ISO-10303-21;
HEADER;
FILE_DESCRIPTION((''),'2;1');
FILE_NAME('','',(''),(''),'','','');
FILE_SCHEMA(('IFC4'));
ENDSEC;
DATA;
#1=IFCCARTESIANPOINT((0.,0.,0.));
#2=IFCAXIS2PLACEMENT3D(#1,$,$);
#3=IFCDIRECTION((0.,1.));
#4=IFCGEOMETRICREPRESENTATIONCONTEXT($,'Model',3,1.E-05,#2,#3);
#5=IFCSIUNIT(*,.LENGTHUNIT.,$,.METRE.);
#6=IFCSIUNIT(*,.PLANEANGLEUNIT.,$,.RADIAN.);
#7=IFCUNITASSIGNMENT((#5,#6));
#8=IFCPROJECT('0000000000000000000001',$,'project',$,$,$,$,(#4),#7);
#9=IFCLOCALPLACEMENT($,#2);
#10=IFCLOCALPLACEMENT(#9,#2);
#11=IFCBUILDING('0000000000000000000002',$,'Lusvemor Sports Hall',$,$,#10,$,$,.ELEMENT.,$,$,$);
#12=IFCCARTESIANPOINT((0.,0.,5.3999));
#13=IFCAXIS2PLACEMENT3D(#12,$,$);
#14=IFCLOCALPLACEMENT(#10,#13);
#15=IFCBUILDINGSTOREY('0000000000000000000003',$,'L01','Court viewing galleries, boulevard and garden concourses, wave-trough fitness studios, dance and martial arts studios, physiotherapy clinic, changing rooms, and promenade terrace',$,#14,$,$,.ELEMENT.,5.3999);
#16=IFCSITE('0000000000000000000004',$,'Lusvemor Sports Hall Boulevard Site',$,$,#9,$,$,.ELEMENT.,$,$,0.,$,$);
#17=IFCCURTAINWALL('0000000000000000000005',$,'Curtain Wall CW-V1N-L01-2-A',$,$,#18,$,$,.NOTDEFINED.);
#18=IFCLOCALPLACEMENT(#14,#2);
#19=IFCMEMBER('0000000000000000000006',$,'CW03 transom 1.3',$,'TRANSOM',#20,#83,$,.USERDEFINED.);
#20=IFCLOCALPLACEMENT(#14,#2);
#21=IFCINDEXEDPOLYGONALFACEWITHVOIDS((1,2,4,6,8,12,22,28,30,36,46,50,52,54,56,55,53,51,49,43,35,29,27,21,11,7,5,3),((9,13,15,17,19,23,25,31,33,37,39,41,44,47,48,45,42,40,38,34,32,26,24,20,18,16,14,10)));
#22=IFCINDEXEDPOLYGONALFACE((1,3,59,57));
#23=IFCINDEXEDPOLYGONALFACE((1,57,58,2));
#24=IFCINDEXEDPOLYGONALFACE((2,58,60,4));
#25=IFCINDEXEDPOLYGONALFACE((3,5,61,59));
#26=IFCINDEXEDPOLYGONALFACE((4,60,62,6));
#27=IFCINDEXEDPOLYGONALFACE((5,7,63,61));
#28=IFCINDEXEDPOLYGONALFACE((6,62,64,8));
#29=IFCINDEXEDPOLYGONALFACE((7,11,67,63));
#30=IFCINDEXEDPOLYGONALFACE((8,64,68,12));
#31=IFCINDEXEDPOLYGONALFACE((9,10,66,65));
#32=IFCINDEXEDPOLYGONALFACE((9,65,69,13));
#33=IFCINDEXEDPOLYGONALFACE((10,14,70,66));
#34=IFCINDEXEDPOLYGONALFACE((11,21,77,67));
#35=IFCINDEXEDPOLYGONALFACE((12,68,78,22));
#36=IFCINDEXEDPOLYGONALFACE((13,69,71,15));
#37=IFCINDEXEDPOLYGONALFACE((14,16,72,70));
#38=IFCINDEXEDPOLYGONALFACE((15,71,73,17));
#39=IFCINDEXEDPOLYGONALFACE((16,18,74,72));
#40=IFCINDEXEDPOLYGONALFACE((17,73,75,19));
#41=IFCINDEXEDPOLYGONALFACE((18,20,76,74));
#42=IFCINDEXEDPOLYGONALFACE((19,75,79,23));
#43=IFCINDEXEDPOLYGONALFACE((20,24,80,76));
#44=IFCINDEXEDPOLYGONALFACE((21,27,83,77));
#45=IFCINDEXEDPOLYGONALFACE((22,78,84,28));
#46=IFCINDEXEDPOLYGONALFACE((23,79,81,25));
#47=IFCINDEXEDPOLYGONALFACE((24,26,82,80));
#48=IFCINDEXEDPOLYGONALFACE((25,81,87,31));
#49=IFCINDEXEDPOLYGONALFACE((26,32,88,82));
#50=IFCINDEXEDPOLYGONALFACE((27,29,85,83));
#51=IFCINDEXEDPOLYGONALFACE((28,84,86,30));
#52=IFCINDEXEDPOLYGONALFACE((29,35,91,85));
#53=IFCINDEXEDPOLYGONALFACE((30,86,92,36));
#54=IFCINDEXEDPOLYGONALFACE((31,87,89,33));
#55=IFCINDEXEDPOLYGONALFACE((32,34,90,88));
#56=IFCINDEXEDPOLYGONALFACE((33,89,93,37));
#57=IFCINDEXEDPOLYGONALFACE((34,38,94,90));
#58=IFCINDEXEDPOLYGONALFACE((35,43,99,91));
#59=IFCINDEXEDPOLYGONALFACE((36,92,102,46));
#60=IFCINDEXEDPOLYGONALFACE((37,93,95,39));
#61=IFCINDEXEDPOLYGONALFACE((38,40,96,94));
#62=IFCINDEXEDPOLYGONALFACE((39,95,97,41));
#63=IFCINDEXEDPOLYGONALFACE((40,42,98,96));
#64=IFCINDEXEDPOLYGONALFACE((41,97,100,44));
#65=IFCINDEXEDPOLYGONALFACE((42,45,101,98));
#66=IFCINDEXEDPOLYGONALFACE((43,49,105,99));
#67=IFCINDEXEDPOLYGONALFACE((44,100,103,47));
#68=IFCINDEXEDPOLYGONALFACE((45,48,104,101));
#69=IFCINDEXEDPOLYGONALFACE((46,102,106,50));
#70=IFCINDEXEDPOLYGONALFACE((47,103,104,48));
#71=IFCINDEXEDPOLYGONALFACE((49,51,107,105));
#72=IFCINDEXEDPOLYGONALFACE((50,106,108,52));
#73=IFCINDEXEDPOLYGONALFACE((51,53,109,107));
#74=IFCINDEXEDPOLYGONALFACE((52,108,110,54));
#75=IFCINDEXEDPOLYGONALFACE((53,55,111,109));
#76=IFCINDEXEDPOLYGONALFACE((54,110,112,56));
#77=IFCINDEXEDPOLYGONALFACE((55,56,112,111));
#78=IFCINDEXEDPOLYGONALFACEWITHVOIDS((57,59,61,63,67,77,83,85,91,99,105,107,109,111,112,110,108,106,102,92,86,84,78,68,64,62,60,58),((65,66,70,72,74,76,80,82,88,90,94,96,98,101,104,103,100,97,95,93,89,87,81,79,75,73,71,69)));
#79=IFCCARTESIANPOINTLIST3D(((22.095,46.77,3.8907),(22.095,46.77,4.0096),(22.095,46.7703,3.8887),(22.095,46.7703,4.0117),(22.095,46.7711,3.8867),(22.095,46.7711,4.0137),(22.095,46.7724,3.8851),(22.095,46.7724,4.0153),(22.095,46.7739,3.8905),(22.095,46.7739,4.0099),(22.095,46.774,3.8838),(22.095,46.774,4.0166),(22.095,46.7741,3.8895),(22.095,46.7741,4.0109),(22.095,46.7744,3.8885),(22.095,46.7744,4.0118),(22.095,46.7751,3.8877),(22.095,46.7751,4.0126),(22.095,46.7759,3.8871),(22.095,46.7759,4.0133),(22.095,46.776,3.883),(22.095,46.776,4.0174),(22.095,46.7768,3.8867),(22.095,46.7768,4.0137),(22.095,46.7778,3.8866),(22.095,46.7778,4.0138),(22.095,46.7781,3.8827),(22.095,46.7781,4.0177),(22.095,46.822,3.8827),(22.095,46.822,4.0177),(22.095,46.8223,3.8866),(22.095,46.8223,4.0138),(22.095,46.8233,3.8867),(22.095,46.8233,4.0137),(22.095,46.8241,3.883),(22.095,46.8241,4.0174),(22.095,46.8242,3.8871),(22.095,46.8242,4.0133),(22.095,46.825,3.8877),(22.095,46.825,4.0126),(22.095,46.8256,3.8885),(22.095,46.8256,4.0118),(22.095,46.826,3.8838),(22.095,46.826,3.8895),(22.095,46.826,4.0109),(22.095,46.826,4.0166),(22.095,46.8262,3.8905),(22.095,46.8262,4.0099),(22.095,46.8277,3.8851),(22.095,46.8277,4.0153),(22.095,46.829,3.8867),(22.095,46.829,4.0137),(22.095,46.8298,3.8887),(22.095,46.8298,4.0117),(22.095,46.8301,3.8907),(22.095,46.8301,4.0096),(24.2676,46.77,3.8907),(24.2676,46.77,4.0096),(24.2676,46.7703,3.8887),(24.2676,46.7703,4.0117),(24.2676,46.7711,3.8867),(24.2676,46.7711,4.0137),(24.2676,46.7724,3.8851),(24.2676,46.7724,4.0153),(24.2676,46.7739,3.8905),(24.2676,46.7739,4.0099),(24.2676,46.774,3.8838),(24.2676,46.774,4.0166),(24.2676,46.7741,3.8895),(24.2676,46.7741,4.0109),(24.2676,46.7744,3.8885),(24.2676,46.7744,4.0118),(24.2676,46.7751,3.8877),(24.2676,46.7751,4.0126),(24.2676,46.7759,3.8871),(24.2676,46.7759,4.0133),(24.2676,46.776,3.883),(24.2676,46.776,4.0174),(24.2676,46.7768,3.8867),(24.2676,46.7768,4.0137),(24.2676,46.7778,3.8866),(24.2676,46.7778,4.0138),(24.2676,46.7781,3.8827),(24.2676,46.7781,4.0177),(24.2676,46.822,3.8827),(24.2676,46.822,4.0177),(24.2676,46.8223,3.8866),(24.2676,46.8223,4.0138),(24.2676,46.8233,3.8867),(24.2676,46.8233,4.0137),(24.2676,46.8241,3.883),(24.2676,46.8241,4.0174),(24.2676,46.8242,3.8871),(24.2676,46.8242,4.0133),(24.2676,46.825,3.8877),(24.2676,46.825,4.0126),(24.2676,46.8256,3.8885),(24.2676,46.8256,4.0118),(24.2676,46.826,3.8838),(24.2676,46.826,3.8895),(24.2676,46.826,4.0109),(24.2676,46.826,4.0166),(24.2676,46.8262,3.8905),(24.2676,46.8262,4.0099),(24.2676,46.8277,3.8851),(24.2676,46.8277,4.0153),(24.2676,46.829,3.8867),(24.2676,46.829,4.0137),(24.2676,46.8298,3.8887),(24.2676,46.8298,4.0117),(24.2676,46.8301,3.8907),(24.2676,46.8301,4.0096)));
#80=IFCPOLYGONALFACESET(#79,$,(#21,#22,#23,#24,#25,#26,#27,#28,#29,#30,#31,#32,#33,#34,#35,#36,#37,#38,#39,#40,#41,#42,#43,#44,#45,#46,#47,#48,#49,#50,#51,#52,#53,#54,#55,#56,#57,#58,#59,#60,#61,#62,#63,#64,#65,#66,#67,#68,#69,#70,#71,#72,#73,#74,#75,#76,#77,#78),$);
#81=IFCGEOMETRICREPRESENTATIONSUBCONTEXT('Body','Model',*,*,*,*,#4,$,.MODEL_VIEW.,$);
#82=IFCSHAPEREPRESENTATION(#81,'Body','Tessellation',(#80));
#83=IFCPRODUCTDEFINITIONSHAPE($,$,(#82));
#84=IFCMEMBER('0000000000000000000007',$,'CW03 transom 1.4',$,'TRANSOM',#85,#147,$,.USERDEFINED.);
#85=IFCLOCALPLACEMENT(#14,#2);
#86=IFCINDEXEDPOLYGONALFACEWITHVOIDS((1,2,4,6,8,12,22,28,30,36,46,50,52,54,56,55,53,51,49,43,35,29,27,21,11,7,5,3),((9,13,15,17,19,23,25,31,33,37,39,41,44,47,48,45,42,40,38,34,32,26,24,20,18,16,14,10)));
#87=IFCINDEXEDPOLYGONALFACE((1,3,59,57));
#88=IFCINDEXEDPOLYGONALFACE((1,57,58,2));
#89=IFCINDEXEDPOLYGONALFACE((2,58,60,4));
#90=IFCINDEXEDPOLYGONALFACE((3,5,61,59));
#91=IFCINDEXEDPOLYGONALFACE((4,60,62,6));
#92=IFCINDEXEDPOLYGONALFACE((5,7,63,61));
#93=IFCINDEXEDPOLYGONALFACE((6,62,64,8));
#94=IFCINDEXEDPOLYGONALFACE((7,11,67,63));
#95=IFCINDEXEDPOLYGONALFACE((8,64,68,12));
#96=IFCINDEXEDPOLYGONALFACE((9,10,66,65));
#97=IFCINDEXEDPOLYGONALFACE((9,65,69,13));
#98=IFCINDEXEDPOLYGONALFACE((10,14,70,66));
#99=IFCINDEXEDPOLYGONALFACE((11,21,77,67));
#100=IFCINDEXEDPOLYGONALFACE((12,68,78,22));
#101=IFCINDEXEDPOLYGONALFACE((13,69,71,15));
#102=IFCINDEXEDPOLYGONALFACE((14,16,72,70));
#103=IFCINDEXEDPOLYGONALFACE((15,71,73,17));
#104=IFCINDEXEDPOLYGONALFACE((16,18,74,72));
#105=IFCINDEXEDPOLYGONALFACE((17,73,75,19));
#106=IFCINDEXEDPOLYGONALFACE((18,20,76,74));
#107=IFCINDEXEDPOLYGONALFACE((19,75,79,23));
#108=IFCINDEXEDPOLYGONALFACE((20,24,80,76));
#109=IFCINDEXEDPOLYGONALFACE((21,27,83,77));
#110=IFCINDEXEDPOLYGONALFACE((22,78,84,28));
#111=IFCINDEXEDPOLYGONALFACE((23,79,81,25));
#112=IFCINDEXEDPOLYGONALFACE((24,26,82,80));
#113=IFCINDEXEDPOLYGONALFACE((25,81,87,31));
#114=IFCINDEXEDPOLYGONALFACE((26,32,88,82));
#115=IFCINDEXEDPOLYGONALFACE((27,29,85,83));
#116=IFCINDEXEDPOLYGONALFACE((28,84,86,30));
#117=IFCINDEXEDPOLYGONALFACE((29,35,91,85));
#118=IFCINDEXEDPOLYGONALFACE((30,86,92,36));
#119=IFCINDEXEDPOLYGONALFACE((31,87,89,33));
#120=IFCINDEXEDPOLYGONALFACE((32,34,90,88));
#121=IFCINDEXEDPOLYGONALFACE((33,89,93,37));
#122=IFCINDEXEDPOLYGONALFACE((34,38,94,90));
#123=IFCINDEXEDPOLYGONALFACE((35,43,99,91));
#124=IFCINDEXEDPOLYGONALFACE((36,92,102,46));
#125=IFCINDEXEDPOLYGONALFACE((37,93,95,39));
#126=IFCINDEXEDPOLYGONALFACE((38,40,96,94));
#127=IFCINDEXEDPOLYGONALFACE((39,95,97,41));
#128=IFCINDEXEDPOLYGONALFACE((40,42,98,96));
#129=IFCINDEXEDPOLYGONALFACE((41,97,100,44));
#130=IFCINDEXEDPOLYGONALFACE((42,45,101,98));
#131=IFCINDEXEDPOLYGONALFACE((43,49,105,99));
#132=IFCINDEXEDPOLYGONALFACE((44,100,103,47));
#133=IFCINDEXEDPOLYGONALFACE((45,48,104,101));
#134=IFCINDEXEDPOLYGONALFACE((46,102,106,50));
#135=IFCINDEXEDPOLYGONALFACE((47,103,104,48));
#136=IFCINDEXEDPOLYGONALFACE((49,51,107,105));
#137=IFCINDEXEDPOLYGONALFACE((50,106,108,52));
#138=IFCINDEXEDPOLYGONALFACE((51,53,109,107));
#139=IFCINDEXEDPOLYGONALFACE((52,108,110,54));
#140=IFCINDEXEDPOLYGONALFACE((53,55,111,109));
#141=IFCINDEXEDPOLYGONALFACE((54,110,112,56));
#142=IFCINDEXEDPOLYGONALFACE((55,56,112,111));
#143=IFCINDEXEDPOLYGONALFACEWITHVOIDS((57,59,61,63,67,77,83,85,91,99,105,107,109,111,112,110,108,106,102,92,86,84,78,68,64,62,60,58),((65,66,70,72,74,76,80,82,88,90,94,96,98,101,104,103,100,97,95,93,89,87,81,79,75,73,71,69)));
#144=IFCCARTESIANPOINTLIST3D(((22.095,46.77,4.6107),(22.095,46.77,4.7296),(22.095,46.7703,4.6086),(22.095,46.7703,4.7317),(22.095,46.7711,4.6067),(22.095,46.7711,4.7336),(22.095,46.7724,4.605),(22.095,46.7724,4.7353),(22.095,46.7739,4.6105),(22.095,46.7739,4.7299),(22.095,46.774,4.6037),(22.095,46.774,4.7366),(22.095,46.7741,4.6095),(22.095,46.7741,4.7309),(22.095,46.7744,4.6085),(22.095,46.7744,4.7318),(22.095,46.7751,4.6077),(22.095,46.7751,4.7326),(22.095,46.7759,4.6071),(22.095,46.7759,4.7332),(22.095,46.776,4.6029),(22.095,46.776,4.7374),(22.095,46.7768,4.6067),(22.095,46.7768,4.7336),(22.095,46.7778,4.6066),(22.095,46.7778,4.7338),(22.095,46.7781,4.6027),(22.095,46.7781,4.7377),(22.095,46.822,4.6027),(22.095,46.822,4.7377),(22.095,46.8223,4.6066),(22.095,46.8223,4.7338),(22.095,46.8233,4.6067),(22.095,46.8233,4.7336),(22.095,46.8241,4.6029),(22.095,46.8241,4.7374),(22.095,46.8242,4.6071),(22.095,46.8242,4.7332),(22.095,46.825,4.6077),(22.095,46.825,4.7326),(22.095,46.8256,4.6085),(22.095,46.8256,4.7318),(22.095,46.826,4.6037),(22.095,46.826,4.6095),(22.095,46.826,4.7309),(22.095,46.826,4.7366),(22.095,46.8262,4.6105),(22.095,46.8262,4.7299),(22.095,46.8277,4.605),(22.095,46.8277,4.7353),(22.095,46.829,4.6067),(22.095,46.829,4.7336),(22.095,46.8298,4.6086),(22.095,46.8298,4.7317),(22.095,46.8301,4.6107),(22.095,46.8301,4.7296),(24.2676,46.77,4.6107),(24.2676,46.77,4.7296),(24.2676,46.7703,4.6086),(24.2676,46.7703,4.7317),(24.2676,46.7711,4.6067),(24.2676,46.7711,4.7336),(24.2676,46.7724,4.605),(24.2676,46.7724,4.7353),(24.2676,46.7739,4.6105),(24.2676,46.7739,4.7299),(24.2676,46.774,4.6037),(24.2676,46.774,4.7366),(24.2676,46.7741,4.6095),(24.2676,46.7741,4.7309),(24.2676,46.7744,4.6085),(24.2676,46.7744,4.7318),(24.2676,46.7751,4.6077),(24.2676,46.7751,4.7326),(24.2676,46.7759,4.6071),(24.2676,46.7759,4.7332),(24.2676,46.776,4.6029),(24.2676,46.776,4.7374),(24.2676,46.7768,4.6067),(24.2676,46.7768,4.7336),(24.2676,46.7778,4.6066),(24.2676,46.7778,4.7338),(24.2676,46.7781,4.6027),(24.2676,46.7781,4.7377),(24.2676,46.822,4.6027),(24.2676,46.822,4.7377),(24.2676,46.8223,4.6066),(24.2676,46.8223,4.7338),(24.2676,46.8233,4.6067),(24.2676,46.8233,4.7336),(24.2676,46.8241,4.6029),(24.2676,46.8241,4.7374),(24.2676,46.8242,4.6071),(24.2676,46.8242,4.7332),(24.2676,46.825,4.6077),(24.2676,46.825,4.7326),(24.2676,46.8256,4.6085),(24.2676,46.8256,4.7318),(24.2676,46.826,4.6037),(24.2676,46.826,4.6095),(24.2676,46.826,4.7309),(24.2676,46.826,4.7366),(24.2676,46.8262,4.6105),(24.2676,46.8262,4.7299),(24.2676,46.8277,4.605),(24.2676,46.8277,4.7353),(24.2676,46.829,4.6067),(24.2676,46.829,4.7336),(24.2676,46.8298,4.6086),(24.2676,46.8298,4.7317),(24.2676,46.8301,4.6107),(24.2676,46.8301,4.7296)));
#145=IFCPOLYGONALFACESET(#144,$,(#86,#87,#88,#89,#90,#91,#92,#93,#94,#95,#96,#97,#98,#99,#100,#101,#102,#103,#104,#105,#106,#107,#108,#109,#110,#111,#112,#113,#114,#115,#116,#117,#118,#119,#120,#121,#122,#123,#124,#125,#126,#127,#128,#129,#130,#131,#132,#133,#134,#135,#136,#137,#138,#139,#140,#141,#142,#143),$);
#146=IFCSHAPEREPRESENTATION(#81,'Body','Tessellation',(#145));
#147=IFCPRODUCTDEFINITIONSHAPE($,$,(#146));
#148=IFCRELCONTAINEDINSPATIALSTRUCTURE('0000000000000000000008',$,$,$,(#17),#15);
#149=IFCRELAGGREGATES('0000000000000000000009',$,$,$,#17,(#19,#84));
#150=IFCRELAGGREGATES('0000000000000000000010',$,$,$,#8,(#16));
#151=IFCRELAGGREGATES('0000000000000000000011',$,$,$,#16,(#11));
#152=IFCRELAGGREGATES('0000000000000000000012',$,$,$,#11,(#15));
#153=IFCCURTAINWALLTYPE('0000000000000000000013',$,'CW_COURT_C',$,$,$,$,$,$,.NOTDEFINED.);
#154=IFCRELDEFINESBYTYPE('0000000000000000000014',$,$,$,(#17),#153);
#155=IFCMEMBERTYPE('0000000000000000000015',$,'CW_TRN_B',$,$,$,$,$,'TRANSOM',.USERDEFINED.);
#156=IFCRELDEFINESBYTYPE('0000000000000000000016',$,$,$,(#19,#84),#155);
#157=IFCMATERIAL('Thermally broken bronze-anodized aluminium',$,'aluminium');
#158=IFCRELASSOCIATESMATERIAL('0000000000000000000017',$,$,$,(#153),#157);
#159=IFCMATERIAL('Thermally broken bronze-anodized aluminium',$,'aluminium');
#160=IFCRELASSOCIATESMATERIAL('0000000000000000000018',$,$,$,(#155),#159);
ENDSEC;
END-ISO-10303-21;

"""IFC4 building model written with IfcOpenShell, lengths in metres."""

from ifc_helpers import new_model, si_unit, direction, frame, origin, origin_2d, place, context, subcontext, project, spatial, hollow_rectangle, extrude, material, material_profile, profile_set, type_object, element, aggregate, save


model = new_model("IFC4")

# Units and contexts
model_context = context("Model", 3, precision=1e-05, world=origin(), true_north=direction((0.0, 1.0)))
body_context = subcontext(model_context, "Body", "Model", "MODEL_VIEW")
ifc_project = project(units=[si_unit("LENGTHUNIT", "METRE"), si_unit("PLANEANGLEUNIT", "RADIAN")], contexts=[model_context])

# Site, building, storey
site_placement = place(None, origin())
site = spatial("IfcSite", under=ifc_project, at=site_placement, Name="Lusvemor Sports Hall Boulevard Site", CompositionType="ELEMENT", RefElevation=0.0)
building_placement = place(site_placement, origin())
building = spatial("IfcBuilding", under=site, at=building_placement, Name="Lusvemor Sports Hall", CompositionType="ELEMENT")
storey_placement = place(building_placement, frame((0.0, 0.0, 5.3999)))
storey = spatial("IfcBuildingStorey", under=building, at=storey_placement, Name="L01", Description="Court viewing galleries, boulevard and garden concourses, wave-trough fitness studios, dance and martial arts studios, physiotherapy clinic, changing rooms, and promenade terrace", CompositionType="ELEMENT", Elevation=5.3999)

# Curtain wall
ifc_material_1 = material(Name="Thermally broken bronze-anodized aluminium", Category="aluminium")
curtain_wall_type = type_object("IfcCurtainWallType", Name="CW_COURT_C", PredefinedType="NOTDEFINED", material=ifc_material_1)
curtain_wall_1_placement = place(storey_placement, origin())
curtain_wall_1 = element("IfcCurtainWall", 1, at=curtain_wall_1_placement, inside=storey, type_object=curtain_wall_type, Name="Curtain Wall CW-V1N-L01-2-A", PredefinedType="NOTDEFINED")

# Members
ifc_material_2 = material(Name="Thermally broken bronze-anodized aluminium", Category="aluminium")
ifc_material_profile_1 = material_profile(ifc_material_2, hollow_rectangle(XDim=0.0601, YDim=0.135, WallThickness=0.0039, InnerFilletRadius=0.0039, OuterFilletRadius=0.0081, at=origin_2d()), Name="CWTRN135x60x4")
ifc_profile_set_1 = profile_set([ifc_material_profile_1], Name="Thermally broken bronze-anodized aluminium")
member_type_1 = type_object("IfcMemberType", Name="CW_TRN_B", ElementType="TRANSOM", PredefinedType="USERDEFINED", material=ifc_profile_set_1)
member_1_placement = place(storey_placement, frame((22.095, 46.8, 3.9502), z_axis=(1.0, 0.0, 0.0), x_axis=(0.0, 1.0, 0.0)))
member_1 = element("IfcMember", 2, at=member_1_placement, type_object=member_type_1, Name="CW03 transom 1.3", ObjectType="TRANSOM", PredefinedType="USERDEFINED", context=body_context, shape_type="SweptSolid", body=[
    extrude(hollow_rectangle(XDim=0.0601, YDim=0.135, WallThickness=0.0039, InnerFilletRadius=0.0039, OuterFilletRadius=0.0081, at=origin_2d()), origin(), (0.0, 0.0, 1.0), 2.1726),
])
member_2_placement = place(storey_placement, frame((22.095, 46.8, 4.6702), z_axis=(1.0, 0.0, 0.0), x_axis=(0.0, 1.0, 0.0)))
member_2 = element("IfcMember", 3, at=member_2_placement, type_object=member_type_1, Name="CW03 transom 1.4", ObjectType="TRANSOM", PredefinedType="USERDEFINED", context=body_context, shape_type="SweptSolid", body=[
    extrude(hollow_rectangle(XDim=0.0601, YDim=0.135, WallThickness=0.0039, InnerFilletRadius=0.0039, OuterFilletRadius=0.0081, at=origin_2d()), origin(), (0.0, 0.0, 1.0), 2.1726),
])

aggregate(curtain_wall_1, [member_1, member_2])

save(model, "model.ifc")
